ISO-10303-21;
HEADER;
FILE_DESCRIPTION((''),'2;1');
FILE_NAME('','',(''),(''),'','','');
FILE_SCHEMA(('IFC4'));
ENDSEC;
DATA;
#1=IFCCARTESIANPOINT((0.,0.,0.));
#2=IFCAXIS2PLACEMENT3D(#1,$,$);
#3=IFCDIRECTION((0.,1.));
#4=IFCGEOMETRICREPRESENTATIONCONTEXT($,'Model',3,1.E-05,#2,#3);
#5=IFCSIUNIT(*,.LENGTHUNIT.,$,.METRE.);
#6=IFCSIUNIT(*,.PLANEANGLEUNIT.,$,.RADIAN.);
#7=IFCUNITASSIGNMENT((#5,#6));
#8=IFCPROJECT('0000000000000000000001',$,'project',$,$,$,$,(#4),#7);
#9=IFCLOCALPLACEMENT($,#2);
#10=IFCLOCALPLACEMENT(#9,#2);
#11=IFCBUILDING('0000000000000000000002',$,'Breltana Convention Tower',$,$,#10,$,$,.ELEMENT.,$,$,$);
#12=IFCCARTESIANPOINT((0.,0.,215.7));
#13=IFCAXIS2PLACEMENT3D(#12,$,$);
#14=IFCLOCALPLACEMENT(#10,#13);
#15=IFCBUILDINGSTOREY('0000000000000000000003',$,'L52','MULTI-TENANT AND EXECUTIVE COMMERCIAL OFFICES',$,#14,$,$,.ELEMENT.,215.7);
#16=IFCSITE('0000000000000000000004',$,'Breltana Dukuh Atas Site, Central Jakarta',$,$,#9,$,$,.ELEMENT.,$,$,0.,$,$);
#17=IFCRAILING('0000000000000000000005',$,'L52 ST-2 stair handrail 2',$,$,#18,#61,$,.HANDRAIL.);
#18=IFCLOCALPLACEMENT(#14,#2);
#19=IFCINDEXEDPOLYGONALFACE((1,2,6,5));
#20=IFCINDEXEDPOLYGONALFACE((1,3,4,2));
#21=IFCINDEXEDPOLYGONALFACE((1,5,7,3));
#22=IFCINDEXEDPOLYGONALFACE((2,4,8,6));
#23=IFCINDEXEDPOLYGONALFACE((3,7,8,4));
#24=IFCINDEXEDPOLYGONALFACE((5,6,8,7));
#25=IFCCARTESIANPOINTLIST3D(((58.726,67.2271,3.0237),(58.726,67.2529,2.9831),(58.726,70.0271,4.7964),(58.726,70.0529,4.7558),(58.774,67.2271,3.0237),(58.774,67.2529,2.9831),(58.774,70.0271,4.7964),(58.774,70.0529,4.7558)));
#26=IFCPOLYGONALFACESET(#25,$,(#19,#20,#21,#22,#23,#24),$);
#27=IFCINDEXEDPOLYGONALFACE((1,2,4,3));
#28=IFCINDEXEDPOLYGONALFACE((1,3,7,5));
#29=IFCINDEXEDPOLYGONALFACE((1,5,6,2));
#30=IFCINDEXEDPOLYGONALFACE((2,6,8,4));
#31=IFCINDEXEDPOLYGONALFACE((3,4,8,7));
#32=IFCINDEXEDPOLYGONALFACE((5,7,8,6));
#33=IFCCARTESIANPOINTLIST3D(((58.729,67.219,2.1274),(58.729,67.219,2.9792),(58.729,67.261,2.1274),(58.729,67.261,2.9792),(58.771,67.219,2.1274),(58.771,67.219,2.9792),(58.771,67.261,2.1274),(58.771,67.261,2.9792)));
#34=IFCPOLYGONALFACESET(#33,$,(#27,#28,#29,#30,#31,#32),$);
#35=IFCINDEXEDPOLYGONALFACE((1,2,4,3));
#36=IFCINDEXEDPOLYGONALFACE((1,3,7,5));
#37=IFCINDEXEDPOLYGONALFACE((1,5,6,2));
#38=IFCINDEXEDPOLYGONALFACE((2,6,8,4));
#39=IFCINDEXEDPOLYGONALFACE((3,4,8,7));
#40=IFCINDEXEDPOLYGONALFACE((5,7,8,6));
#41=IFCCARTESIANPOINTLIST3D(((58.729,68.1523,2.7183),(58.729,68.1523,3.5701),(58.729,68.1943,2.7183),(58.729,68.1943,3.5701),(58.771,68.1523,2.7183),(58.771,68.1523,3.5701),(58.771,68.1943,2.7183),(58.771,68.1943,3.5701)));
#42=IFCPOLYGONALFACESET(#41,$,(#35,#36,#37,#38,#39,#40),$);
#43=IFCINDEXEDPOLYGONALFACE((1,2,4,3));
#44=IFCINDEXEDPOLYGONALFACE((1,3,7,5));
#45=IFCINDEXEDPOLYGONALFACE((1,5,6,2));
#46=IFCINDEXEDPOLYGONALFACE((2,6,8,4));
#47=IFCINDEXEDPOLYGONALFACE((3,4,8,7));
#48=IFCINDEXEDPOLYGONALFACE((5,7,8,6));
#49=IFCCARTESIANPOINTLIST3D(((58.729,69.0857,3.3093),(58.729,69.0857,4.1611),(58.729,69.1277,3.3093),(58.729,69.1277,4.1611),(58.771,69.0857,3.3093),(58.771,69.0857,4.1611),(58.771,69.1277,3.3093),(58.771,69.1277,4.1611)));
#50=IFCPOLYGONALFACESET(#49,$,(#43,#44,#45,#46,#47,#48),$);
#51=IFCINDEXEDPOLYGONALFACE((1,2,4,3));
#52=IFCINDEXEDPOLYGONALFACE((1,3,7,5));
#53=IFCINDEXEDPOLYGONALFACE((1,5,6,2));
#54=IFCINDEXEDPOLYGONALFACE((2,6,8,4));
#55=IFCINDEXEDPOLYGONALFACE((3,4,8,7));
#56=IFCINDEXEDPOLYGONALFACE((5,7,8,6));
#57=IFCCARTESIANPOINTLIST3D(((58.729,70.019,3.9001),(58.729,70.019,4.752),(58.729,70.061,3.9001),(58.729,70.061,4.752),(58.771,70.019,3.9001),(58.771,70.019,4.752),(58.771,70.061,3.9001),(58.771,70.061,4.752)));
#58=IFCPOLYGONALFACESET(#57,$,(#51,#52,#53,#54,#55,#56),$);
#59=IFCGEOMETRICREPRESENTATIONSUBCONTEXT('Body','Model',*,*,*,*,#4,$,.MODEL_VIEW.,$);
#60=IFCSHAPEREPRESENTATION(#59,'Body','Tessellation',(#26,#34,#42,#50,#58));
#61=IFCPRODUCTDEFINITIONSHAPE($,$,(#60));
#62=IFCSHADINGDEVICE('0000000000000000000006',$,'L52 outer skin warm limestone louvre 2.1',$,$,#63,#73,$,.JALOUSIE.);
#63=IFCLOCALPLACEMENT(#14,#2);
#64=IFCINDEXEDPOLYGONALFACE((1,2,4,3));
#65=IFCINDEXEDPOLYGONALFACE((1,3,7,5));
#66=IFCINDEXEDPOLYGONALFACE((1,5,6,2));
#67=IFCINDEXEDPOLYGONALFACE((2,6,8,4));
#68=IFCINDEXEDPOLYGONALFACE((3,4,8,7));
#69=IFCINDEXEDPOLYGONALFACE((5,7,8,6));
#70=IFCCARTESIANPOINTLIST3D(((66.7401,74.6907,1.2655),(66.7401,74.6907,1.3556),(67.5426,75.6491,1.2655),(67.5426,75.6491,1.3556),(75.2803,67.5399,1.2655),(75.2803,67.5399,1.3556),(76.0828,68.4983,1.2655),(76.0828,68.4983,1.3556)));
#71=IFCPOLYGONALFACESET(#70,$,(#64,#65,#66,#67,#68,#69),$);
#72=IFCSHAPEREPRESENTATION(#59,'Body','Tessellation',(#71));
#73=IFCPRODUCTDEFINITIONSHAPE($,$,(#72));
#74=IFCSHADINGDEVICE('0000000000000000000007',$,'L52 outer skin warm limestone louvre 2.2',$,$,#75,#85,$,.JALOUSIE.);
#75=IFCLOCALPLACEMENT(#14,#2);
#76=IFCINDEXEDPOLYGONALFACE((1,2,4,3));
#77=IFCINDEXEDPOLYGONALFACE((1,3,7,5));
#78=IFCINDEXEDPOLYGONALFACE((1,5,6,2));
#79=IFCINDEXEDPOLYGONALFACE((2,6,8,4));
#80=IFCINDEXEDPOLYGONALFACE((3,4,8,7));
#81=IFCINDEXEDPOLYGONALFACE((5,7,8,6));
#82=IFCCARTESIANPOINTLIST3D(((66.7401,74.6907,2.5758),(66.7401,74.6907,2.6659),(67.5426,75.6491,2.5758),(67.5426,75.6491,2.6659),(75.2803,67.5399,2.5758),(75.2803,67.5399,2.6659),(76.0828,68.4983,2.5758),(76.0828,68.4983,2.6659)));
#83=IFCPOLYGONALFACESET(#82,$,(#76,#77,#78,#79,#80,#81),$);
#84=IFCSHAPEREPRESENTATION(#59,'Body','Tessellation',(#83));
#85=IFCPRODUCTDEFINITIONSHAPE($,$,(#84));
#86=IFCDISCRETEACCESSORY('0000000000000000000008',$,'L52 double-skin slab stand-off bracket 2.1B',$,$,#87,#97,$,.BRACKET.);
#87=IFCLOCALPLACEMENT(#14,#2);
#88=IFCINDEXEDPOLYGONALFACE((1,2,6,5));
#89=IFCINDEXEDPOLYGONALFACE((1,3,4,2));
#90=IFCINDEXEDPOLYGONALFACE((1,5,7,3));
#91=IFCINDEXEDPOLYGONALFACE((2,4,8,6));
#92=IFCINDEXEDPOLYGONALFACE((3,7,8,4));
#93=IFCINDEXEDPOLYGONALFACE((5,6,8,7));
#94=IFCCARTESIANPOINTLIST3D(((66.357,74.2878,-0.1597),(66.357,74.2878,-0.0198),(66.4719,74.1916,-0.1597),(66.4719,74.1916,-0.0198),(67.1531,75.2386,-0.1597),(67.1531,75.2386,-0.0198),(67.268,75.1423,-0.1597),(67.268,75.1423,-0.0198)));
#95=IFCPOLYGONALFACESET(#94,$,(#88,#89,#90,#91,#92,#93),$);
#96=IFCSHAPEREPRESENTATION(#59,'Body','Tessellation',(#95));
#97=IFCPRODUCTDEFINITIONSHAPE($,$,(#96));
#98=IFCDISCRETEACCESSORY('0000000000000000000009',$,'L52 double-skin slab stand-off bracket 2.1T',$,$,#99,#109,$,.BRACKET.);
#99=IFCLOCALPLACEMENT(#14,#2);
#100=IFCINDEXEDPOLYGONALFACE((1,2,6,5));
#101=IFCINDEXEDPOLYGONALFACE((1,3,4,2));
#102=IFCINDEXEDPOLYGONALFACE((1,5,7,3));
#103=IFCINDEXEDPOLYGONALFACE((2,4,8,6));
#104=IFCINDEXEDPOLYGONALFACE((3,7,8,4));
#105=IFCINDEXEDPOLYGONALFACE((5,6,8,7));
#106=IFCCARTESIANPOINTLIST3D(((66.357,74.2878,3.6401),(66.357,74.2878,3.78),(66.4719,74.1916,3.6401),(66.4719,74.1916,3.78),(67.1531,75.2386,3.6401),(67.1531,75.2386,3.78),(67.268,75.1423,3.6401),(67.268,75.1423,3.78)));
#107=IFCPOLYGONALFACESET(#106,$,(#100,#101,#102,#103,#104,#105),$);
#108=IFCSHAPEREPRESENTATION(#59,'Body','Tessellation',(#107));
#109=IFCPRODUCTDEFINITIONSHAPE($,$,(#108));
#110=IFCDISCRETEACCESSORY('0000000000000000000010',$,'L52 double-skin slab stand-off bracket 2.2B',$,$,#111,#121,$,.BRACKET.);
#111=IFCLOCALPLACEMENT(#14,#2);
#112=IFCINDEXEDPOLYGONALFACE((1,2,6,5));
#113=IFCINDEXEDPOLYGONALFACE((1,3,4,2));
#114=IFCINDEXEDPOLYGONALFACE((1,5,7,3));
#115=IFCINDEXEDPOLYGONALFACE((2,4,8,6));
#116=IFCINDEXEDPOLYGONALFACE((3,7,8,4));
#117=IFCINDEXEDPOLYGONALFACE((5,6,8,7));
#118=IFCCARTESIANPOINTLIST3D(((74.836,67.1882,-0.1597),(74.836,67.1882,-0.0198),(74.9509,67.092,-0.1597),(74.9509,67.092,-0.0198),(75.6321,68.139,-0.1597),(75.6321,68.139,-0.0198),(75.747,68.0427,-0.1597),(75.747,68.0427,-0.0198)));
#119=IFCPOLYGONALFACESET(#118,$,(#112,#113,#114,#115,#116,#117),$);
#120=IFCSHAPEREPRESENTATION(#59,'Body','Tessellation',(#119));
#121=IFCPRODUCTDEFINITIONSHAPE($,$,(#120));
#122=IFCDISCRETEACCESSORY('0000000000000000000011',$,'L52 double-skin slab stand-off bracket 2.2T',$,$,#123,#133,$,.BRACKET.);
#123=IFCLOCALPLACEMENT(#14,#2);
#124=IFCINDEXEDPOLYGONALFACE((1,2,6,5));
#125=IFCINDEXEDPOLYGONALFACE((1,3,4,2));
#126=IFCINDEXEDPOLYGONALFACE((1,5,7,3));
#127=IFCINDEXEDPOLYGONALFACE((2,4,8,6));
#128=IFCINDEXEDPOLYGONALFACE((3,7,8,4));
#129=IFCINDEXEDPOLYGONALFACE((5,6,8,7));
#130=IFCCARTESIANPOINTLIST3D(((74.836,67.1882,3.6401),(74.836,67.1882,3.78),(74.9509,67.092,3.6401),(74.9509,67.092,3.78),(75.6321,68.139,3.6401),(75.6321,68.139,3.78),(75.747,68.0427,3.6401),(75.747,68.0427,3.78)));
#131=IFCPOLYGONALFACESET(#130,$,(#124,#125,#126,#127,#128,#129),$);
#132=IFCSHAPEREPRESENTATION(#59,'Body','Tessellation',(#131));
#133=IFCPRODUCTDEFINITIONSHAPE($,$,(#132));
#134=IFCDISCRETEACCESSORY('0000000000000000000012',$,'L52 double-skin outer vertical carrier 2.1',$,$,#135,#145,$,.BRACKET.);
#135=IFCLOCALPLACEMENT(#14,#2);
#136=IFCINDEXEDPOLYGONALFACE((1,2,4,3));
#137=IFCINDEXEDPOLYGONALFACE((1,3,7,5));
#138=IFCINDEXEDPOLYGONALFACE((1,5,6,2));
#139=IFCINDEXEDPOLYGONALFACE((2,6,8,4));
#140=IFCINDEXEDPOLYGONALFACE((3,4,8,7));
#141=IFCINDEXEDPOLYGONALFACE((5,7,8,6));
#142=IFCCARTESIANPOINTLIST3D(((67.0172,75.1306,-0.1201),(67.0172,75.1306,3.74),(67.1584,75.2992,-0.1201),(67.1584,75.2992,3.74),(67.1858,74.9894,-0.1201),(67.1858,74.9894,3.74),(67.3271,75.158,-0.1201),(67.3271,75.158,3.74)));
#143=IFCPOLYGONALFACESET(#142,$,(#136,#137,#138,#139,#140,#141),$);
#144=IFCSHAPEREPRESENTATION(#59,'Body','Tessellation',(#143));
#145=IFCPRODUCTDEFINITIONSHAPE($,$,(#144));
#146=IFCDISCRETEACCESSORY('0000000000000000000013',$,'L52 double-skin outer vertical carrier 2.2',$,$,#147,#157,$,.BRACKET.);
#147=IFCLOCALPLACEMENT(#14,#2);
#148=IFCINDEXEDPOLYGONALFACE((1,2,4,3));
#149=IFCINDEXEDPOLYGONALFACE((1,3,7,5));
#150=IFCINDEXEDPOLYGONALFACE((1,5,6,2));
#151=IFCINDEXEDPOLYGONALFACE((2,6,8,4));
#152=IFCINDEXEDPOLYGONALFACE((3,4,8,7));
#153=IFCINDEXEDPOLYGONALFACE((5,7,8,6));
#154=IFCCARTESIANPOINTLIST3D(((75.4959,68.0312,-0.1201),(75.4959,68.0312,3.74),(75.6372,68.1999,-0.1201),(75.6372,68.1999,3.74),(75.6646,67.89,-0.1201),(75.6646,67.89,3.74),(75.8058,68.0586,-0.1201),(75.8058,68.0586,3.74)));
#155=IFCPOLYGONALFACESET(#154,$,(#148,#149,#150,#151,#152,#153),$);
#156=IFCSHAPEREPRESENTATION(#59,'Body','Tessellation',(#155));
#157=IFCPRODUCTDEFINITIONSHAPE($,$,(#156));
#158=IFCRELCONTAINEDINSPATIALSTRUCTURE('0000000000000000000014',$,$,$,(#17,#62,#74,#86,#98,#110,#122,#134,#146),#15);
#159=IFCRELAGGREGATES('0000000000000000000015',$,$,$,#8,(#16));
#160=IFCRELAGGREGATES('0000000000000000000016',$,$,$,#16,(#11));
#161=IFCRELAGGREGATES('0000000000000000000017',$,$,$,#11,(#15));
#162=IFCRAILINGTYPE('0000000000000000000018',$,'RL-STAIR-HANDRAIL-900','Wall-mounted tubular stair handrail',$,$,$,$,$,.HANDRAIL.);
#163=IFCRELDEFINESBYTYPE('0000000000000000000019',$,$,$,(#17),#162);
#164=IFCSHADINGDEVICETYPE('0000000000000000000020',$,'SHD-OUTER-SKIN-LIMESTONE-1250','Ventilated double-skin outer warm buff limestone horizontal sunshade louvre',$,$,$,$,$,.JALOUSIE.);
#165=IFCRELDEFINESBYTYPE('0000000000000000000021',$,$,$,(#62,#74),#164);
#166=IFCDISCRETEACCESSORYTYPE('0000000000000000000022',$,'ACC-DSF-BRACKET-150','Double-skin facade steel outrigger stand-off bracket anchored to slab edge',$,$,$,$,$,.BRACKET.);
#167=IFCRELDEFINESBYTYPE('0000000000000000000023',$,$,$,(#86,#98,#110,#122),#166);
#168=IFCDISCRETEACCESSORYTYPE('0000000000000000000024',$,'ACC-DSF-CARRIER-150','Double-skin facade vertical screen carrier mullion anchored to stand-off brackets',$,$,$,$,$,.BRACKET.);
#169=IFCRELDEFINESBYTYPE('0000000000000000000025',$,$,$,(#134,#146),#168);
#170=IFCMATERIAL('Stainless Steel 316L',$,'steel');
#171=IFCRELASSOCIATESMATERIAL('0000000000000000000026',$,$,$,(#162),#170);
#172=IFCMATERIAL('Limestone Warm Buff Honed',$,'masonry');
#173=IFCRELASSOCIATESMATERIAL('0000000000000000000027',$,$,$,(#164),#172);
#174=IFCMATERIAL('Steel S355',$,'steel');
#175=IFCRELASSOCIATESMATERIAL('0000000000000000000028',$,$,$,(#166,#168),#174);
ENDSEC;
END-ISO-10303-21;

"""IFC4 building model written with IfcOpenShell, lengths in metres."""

from ifc_helpers import new_model, si_unit, direction, frame, origin, origin_2d, place, context, subcontext, project, spatial, rectangle, extrude, source, transform, mapped, material, material_profile, profile_set, type_object, type_shapes, element, save


model = new_model("IFC4")

# Units and contexts
model_context = context("Model", 3, precision=1e-05, world=origin(), true_north=direction((0.0, 1.0)))
body_context = subcontext(model_context, "Body", "Model", "MODEL_VIEW")
ifc_project = project(units=[si_unit("LENGTHUNIT", "METRE"), si_unit("PLANEANGLEUNIT", "RADIAN")], contexts=[model_context])

# Site, building, storey
site_placement = place(None, origin())
site = spatial("IfcSite", under=ifc_project, at=site_placement, Name="Breltana Dukuh Atas Site, Central Jakarta", CompositionType="ELEMENT", RefElevation=0.0)
building_placement = place(site_placement, origin())
building = spatial("IfcBuilding", under=site, at=building_placement, Name="Breltana Convention Tower", CompositionType="ELEMENT")
storey_placement = place(building_placement, frame((0.0, 0.0, 215.7)))
storey = spatial("IfcBuildingStorey", under=building, at=storey_placement, Name="L52", Description="MULTI-TENANT AND EXECUTIVE COMMERCIAL OFFICES", CompositionType="ELEMENT", Elevation=215.7)

# Railing
ifc_material_1 = material(Name="Stainless Steel 316L", Category="steel")
railing_type = type_object("IfcRailingType", Name="RL-STAIR-HANDRAIL-900", Description="Wall-mounted tubular stair handrail", PredefinedType="HANDRAIL", material=ifc_material_1)
railing_placement = place(storey_placement, frame((58.75, 67.24, 2.1274)))
element("IfcRailing", 1, at=railing_placement, inside=storey, type_object=railing_type, Name="L52 ST-2 stair handrail 2", PredefinedType="HANDRAIL", context=body_context, shape_type="SweptSolid", body=[
    extrude(rectangle(XDim=0.0481, YDim=0.0481, at=origin_2d()), frame((0.0, 0.0, 0.876), z_axis=(0.0, 0.844909, 0.53491), x_axis=(-1.0, 0.0, 0.0)), (0.0, 0.0, 1.0), 3.314),
    extrude(rectangle(XDim=0.042, YDim=0.042, at=origin_2d()), origin(), (0.0, 0.0, 1.0), 0.8518),
    extrude(rectangle(XDim=0.042, YDim=0.042, at=origin_2d()), frame((0.0, 0.9333, 0.5908)), (0.0, 0.0, 1.0), 0.8518),
    extrude(rectangle(XDim=0.042, YDim=0.042, at=origin_2d()), frame((0.0, 1.8667, 1.1819)), (0.0, 0.0, 1.0), 0.8518),
    extrude(rectangle(XDim=0.042, YDim=0.042, at=origin_2d()), frame((0.0, 2.8, 1.7727)), (0.0, 0.0, 1.0), 0.8518),
])

# Shading devices
ifc_material_2 = material(Name="Limestone Warm Buff Honed", Category="masonry")
ifc_material_profile_1 = material_profile(ifc_material_2, rectangle(XDim=1.25, YDim=0.0901, at=origin_2d()), Name="STN-LVR-1250X90")
ifc_profile_set_1 = profile_set([ifc_material_profile_1], Name="Limestone Warm Buff Honed")
shading_device_type = type_object("IfcShadingDeviceType", Name="SHD-OUTER-SKIN-LIMESTONE-1250", Description="Ventilated double-skin outer warm buff limestone horizontal sunshade louvre", PredefinedType="JALOUSIE", material=ifc_profile_set_1)
shared_shape_1 = source(origin(), body_context, "Body", "SweptSolid", [
    extrude(rectangle(XDim=1.25, YDim=0.0901, at=origin_2d()), origin(), (0.0, 0.0, 1.0), 11.1387),
])
for number, where, z_axis, x_axis, name in (
    (2, (67.1414, 75.1699, 1.3105), (0.766719, -0.641983, 0.0), (0.641983, 0.766719, 0.0), "L52 outer skin warm limestone louvre 2.1"),
    (3, (67.1414, 75.1699, 2.6208), (0.766719, -0.641983, 0.0), (0.641983, 0.766719, 0.0), "L52 outer skin warm limestone louvre 2.2"),
):
    element("IfcShadingDevice", number, at=place(storey_placement, frame(where, z_axis=z_axis, x_axis=x_axis)), inside=storey, type_object=shading_device_type, Name=name, PredefinedType="JALOUSIE", context=body_context, shape_type="MappedRepresentation", body=[
        mapped(shared_shape_1, transform((0.0, 0.0, 0.0), scale=1.0)),
    ])

# Discrete accessories
ifc_material_3 = material(Name="Steel S355", Category="steel")
discrete_accessory_type_1 = type_object("IfcDiscreteAccessoryType", Name="ACC-DSF-BRACKET-150", Description="Double-skin facade steel outrigger stand-off bracket anchored to slab edge", PredefinedType="BRACKET", material=ifc_material_3)
shared_shape_2 = source(origin(), body_context, "Body", "SweptSolid", [
    extrude(rectangle(XDim=1.24, YDim=0.1499, at=origin_2d()), origin(), (0.0, 0.0, 1.0), 0.1399),
])
type_shapes(discrete_accessory_type_1, [shared_shape_2])
for number, where, z_axis, x_axis, name in (
    (4, (66.8125, 74.7151, -0.1597), (0.0, 0.0, 1.0), (0.641984, 0.766718, 0.0), "L52 double-skin slab stand-off bracket 2.1B"),
    (5, (66.8125, 74.7151, 3.6401), (0.0, 0.0, 1.0), (0.641984, 0.766718, 0.0), "L52 double-skin slab stand-off bracket 2.1T"),
    (6, (75.2915, 67.6155, -0.1597), (0.0, 0.0, 1.0), (0.641984, 0.766718, 0.0), "L52 double-skin slab stand-off bracket 2.2B"),
    (7, (75.2915, 67.6155, 3.6401), (0.0, 0.0, 1.0), (0.641984, 0.766718, 0.0), "L52 double-skin slab stand-off bracket 2.2T"),
):
    element("IfcDiscreteAccessory", number, at=place(storey_placement, frame(where, z_axis=z_axis, x_axis=x_axis)), inside=storey, type_object=discrete_accessory_type_1, Name=name, PredefinedType="BRACKET", context=body_context, shape_type="MappedRepresentation", body=[
        mapped(shared_shape_2, transform((0.0, 0.0, 0.0), scale=1.0)),
    ])
discrete_accessory_type_2 = type_object("IfcDiscreteAccessoryType", Name="ACC-DSF-CARRIER-150", Description="Double-skin facade vertical screen carrier mullion anchored to stand-off brackets", PredefinedType="BRACKET", material=ifc_material_3)
shared_shape_3 = source(origin(), body_context, "Body", "SweptSolid", [
    extrude(rectangle(XDim=0.22, YDim=0.22, at=origin_2d()), origin(), (0.0, 0.0, 1.0), 3.8601),
])
for number, where, z_axis, x_axis, name in (
    (8, (67.1721, 75.1443, -0.1201), (0.0, 0.0, 1.0), (0.641984, 0.766718, 0.0), "L52 double-skin outer vertical carrier 2.1"),
    (9, (75.6509, 68.0449, -0.1201), (0.0, 0.0, 1.0), (0.641984, 0.766718, 0.0), "L52 double-skin outer vertical carrier 2.2"),
):
    element("IfcDiscreteAccessory", number, at=place(storey_placement, frame(where, z_axis=z_axis, x_axis=x_axis)), inside=storey, type_object=discrete_accessory_type_2, Name=name, PredefinedType="BRACKET", context=body_context, shape_type="MappedRepresentation", body=[
        mapped(shared_shape_3, transform((0.0, 0.0, 0.0), scale=1.0)),
    ])

save(model, "model.ifc")
